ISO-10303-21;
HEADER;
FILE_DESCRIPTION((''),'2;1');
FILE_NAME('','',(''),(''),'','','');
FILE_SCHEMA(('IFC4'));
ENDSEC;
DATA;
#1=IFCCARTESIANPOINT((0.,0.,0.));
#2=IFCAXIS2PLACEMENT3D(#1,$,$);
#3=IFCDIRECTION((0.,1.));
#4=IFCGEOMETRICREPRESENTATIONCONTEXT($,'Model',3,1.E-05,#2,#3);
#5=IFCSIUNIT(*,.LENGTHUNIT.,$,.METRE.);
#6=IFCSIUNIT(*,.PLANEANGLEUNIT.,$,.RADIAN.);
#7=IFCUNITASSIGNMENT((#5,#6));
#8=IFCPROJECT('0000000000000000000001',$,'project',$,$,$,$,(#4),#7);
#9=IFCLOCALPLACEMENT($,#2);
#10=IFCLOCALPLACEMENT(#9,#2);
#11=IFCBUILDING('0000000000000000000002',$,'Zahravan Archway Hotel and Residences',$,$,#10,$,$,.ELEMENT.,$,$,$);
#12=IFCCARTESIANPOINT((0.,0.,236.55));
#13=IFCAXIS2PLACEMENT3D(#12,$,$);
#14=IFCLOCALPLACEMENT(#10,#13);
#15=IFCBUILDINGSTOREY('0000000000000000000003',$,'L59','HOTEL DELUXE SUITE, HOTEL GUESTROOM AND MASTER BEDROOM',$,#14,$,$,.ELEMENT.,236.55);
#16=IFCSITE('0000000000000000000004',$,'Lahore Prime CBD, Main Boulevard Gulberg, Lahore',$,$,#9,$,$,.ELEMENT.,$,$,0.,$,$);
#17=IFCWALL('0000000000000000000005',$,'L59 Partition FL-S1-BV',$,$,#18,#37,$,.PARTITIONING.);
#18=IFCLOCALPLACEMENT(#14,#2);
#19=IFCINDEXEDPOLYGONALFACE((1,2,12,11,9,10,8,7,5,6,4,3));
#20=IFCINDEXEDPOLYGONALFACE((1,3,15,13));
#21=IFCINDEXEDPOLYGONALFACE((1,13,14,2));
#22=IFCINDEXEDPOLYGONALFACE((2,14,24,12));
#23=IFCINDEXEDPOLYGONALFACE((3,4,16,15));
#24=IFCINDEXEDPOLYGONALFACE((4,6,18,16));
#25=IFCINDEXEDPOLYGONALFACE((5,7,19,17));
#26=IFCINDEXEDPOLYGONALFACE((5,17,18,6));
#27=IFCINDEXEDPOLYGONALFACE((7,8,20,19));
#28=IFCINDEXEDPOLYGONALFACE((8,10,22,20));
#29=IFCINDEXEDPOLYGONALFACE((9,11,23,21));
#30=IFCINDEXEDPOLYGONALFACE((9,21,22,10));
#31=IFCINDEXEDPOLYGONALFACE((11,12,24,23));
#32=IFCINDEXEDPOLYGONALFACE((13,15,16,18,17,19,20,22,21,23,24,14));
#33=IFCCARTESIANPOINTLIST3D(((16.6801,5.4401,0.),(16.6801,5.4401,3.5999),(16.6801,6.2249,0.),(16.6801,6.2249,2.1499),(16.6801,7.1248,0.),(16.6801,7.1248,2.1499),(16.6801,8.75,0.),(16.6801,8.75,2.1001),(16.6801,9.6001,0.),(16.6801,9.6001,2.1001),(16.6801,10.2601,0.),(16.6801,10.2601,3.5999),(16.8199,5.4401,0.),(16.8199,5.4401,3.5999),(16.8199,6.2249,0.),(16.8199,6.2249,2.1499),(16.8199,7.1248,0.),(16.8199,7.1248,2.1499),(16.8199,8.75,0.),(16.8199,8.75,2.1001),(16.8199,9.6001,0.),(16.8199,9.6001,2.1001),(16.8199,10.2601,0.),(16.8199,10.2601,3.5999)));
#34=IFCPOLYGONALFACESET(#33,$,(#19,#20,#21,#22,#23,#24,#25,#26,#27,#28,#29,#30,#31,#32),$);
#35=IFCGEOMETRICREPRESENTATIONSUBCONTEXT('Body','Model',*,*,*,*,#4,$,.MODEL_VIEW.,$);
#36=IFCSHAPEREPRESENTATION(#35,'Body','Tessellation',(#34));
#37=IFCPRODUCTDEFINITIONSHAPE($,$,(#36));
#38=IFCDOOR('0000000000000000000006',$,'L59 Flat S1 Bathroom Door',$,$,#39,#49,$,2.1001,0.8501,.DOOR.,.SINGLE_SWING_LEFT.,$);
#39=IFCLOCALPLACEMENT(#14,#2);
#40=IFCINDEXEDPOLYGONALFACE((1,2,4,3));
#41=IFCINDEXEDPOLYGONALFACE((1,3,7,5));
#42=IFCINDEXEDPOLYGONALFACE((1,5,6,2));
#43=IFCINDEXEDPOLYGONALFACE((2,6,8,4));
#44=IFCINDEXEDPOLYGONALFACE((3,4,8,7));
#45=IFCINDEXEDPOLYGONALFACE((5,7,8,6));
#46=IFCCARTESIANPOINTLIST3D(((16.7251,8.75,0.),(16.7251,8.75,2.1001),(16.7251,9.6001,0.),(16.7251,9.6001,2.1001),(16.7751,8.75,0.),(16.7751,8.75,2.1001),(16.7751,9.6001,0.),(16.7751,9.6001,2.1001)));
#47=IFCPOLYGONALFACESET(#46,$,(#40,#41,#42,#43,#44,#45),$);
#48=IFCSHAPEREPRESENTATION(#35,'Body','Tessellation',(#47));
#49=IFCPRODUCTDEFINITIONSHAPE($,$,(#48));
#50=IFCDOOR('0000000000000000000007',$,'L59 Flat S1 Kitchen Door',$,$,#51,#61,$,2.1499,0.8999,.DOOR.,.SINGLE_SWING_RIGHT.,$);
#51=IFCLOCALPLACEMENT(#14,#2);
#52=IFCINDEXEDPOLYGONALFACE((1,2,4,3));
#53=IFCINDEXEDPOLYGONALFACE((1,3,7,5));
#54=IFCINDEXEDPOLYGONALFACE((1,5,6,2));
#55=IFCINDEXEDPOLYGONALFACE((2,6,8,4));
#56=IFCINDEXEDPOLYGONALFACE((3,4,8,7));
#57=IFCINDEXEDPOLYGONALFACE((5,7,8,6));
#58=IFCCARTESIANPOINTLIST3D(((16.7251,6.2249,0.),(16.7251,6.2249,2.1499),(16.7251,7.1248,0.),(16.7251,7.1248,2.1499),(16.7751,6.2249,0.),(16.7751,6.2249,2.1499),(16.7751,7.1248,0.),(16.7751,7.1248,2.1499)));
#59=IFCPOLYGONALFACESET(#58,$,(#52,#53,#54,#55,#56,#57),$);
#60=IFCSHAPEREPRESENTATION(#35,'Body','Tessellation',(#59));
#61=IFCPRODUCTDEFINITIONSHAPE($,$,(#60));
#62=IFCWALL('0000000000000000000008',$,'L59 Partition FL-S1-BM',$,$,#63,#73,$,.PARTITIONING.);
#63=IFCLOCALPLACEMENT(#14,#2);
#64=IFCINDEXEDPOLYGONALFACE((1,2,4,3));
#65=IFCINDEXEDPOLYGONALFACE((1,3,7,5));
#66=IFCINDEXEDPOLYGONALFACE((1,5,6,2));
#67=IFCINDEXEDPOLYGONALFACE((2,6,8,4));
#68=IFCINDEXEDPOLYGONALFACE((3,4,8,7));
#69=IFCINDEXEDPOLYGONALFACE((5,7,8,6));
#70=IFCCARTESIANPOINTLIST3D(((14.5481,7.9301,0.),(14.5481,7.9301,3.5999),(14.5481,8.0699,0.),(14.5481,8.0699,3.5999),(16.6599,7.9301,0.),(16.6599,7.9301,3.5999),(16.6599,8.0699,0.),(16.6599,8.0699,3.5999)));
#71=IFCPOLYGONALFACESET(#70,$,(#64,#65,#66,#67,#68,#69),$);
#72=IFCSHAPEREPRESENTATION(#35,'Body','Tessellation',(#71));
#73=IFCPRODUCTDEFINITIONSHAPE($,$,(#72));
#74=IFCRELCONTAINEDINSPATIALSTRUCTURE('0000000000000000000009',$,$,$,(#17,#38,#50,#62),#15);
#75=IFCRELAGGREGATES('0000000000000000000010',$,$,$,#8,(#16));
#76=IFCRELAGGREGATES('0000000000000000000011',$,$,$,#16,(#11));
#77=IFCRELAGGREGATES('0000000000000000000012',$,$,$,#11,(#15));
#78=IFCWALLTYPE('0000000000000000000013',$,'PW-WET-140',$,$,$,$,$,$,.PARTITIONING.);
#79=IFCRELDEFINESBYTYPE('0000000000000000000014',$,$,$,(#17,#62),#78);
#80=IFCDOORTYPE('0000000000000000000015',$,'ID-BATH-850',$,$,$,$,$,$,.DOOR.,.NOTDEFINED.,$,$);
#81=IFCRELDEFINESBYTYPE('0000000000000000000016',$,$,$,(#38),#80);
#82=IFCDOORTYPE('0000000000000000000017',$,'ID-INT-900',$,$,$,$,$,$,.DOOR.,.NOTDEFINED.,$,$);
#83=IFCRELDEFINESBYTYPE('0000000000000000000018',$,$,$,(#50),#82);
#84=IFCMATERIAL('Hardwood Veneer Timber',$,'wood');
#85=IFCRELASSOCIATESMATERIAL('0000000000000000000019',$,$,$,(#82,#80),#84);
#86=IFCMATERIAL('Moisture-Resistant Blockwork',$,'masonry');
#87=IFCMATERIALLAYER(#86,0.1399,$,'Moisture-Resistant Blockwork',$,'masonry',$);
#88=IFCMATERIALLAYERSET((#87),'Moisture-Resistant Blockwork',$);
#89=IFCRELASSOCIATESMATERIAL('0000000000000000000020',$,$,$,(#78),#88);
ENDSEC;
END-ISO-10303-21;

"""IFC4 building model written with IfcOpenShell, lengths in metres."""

from ifc_helpers import new_model, si_unit, direction, frame, frame_2d, origin, place, context, subcontext, project, spatial, rectangle, extrude, source, transform, mapped, material, layer, layer_set, type_object, type_shapes, element, fill, save


model = new_model("IFC4")

# Units and contexts
model_context = context("Model", 3, precision=1e-05, world=origin(), true_north=direction((0.0, 1.0)))
body_context = subcontext(model_context, "Body", "Model", "MODEL_VIEW")
ifc_project = project(units=[si_unit("LENGTHUNIT", "METRE"), si_unit("PLANEANGLEUNIT", "RADIAN")], contexts=[model_context])

# Site, building, storey
site_placement = place(None, origin())
site = spatial("IfcSite", under=ifc_project, at=site_placement, Name="Lahore Prime CBD, Main Boulevard Gulberg, Lahore", CompositionType="ELEMENT", RefElevation=0.0)
building_placement = place(site_placement, origin())
building = spatial("IfcBuilding", under=site, at=building_placement, Name="Zahravan Archway Hotel and Residences", CompositionType="ELEMENT")
storey_placement = place(building_placement, frame((0.0, 0.0, 236.55)))
storey = spatial("IfcBuildingStorey", under=building, at=storey_placement, Name="L59", Description="HOTEL DELUXE SUITE, HOTEL GUESTROOM AND MASTER BEDROOM", CompositionType="ELEMENT", Elevation=236.55)

# Shared definitions
ifc_material_1 = material(Name="Hardwood Veneer Timber", Category="wood")

# Shared definitions
door_type_1 = type_object("IfcDoorType", Name="ID-INT-900", OperationType="NOTDEFINED", PredefinedType="DOOR", material=ifc_material_1)
shared_shape_1 = source(origin(), body_context, "Body", "SweptSolid", [
    extrude(rectangle(XDim=0.8999, YDim=2.1499, at=frame_2d((0.45, 1.075))), frame((0.0, 0.0249, 0.0), z_axis=(0.0, -1.0, 0.0), x_axis=(1.0, 0.0, 0.0)), (0.0, 0.0, 1.0), 0.05),
])
type_shapes(door_type_1, [shared_shape_1])

# Wall, openings, doors
ifc_material_2 = material(Name="Moisture-Resistant Blockwork", Category="masonry")
ifc_layer_1 = layer(ifc_material_2, 0.1399, Name="Moisture-Resistant Blockwork", Category="masonry")
ifc_layer_set_1 = layer_set([ifc_layer_1], Name="Moisture-Resistant Blockwork")
wall_type_1 = type_object("IfcWallType", Name="PW-WET-140", PredefinedType="PARTITIONING", material=ifc_layer_set_1)
wall_1_placement = place(storey_placement, frame((16.75, 5.4399, 0.0), z_axis=(0.0, 0.0, 1.0), x_axis=(0.0, 1.0, 0.0)))
wall_1 = element("IfcWall", 1, at=wall_1_placement, inside=storey, type_object=wall_type_1, Name="L59 Partition FL-S1-BV", PredefinedType="PARTITIONING", context=body_context, shape_type="SweptSolid", body=[
    extrude(rectangle(XDim=4.8201, YDim=0.1399, at=frame_2d((2.4102, 0.0))), origin(), (0.0, 0.0, 1.0), 3.5999),
])
opening_1_placement = place(wall_1_placement, frame((0.7849, 0.0, 0.0)))
opening_1 = element("IfcOpeningElement", 2, at=opening_1_placement, cuts=wall_1, PredefinedType="OPENING", context=body_context, shape_type="SweptSolid", body=[
    extrude(rectangle(XDim=0.8999, YDim=2.1499, at=frame_2d((0.45, 1.075))), frame((0.0, 0.0801, 0.0), z_axis=(0.0, -1.0, 0.0), x_axis=(1.0, 0.0, 0.0)), (0.0, 0.0, 1.0), 0.1599),
])
opening_2_placement = place(wall_1_placement, frame((3.3101, 0.0, 0.0)))
opening_2 = element("IfcOpeningElement", 3, at=opening_2_placement, cuts=wall_1, PredefinedType="OPENING", context=body_context, shape_type="SweptSolid", body=[
    extrude(rectangle(XDim=0.8501, YDim=2.1001, at=frame_2d((0.425, 1.05))), frame((0.0, 0.0801, 0.0), z_axis=(0.0, -1.0, 0.0), x_axis=(1.0, 0.0, 0.0)), (0.0, 0.0, 1.0), 0.1599),
])
door_type_2 = type_object("IfcDoorType", Name="ID-BATH-850", OperationType="NOTDEFINED", PredefinedType="DOOR", material=ifc_material_1)
shared_shape_2 = source(origin(), body_context, "Body", "SweptSolid", [
    extrude(rectangle(XDim=0.8501, YDim=2.1001, at=frame_2d((0.425, 1.05))), frame((0.0, 0.0249, 0.0), z_axis=(0.0, -1.0, 0.0), x_axis=(1.0, 0.0, 0.0)), (0.0, 0.0, 1.0), 0.05),
])
type_shapes(door_type_2, [shared_shape_2])
door_1_placement = place(opening_2_placement, origin())
door_1 = element("IfcDoor", 4, at=door_1_placement, inside=storey, type_object=door_type_2, Name="L59 Flat S1 Bathroom Door", OperationType="SINGLE_SWING_LEFT", OverallHeight=2.1001, OverallWidth=0.8501, PredefinedType="DOOR", context=body_context, shape_type="MappedRepresentation", body=[
    mapped(shared_shape_2, transform((0.0, 0.0, 0.0), scale=1.0)),
])
fill(opening_2, door_1)
door_2_placement = place(opening_1_placement, origin())
door_2 = element("IfcDoor", 5, at=door_2_placement, inside=storey, type_object=door_type_1, Name="L59 Flat S1 Kitchen Door", OperationType="SINGLE_SWING_RIGHT", OverallHeight=2.1499, OverallWidth=0.8999, PredefinedType="DOOR", context=body_context, shape_type="MappedRepresentation", body=[
    mapped(shared_shape_1, transform((0.0, 0.0, 0.0), scale=1.0)),
])
fill(opening_1, door_2)

# Wall
wall_2_placement = place(storey_placement, frame((14.5481, 8.0, 0.0), z_axis=(0.0, 0.0, 1.0), x_axis=(1.0, 0.0, 0.0)))
element("IfcWall", 6, at=wall_2_placement, inside=storey, type_object=wall_type_1, Name="L59 Partition FL-S1-BM", PredefinedType="PARTITIONING", context=body_context, shape_type="SweptSolid", body=[
    extrude(rectangle(XDim=2.1118, YDim=0.1399, at=frame_2d((1.0559, 0.0))), origin(), (0.0, 0.0, 1.0), 3.5999),
])

save(model, "model.ifc")
